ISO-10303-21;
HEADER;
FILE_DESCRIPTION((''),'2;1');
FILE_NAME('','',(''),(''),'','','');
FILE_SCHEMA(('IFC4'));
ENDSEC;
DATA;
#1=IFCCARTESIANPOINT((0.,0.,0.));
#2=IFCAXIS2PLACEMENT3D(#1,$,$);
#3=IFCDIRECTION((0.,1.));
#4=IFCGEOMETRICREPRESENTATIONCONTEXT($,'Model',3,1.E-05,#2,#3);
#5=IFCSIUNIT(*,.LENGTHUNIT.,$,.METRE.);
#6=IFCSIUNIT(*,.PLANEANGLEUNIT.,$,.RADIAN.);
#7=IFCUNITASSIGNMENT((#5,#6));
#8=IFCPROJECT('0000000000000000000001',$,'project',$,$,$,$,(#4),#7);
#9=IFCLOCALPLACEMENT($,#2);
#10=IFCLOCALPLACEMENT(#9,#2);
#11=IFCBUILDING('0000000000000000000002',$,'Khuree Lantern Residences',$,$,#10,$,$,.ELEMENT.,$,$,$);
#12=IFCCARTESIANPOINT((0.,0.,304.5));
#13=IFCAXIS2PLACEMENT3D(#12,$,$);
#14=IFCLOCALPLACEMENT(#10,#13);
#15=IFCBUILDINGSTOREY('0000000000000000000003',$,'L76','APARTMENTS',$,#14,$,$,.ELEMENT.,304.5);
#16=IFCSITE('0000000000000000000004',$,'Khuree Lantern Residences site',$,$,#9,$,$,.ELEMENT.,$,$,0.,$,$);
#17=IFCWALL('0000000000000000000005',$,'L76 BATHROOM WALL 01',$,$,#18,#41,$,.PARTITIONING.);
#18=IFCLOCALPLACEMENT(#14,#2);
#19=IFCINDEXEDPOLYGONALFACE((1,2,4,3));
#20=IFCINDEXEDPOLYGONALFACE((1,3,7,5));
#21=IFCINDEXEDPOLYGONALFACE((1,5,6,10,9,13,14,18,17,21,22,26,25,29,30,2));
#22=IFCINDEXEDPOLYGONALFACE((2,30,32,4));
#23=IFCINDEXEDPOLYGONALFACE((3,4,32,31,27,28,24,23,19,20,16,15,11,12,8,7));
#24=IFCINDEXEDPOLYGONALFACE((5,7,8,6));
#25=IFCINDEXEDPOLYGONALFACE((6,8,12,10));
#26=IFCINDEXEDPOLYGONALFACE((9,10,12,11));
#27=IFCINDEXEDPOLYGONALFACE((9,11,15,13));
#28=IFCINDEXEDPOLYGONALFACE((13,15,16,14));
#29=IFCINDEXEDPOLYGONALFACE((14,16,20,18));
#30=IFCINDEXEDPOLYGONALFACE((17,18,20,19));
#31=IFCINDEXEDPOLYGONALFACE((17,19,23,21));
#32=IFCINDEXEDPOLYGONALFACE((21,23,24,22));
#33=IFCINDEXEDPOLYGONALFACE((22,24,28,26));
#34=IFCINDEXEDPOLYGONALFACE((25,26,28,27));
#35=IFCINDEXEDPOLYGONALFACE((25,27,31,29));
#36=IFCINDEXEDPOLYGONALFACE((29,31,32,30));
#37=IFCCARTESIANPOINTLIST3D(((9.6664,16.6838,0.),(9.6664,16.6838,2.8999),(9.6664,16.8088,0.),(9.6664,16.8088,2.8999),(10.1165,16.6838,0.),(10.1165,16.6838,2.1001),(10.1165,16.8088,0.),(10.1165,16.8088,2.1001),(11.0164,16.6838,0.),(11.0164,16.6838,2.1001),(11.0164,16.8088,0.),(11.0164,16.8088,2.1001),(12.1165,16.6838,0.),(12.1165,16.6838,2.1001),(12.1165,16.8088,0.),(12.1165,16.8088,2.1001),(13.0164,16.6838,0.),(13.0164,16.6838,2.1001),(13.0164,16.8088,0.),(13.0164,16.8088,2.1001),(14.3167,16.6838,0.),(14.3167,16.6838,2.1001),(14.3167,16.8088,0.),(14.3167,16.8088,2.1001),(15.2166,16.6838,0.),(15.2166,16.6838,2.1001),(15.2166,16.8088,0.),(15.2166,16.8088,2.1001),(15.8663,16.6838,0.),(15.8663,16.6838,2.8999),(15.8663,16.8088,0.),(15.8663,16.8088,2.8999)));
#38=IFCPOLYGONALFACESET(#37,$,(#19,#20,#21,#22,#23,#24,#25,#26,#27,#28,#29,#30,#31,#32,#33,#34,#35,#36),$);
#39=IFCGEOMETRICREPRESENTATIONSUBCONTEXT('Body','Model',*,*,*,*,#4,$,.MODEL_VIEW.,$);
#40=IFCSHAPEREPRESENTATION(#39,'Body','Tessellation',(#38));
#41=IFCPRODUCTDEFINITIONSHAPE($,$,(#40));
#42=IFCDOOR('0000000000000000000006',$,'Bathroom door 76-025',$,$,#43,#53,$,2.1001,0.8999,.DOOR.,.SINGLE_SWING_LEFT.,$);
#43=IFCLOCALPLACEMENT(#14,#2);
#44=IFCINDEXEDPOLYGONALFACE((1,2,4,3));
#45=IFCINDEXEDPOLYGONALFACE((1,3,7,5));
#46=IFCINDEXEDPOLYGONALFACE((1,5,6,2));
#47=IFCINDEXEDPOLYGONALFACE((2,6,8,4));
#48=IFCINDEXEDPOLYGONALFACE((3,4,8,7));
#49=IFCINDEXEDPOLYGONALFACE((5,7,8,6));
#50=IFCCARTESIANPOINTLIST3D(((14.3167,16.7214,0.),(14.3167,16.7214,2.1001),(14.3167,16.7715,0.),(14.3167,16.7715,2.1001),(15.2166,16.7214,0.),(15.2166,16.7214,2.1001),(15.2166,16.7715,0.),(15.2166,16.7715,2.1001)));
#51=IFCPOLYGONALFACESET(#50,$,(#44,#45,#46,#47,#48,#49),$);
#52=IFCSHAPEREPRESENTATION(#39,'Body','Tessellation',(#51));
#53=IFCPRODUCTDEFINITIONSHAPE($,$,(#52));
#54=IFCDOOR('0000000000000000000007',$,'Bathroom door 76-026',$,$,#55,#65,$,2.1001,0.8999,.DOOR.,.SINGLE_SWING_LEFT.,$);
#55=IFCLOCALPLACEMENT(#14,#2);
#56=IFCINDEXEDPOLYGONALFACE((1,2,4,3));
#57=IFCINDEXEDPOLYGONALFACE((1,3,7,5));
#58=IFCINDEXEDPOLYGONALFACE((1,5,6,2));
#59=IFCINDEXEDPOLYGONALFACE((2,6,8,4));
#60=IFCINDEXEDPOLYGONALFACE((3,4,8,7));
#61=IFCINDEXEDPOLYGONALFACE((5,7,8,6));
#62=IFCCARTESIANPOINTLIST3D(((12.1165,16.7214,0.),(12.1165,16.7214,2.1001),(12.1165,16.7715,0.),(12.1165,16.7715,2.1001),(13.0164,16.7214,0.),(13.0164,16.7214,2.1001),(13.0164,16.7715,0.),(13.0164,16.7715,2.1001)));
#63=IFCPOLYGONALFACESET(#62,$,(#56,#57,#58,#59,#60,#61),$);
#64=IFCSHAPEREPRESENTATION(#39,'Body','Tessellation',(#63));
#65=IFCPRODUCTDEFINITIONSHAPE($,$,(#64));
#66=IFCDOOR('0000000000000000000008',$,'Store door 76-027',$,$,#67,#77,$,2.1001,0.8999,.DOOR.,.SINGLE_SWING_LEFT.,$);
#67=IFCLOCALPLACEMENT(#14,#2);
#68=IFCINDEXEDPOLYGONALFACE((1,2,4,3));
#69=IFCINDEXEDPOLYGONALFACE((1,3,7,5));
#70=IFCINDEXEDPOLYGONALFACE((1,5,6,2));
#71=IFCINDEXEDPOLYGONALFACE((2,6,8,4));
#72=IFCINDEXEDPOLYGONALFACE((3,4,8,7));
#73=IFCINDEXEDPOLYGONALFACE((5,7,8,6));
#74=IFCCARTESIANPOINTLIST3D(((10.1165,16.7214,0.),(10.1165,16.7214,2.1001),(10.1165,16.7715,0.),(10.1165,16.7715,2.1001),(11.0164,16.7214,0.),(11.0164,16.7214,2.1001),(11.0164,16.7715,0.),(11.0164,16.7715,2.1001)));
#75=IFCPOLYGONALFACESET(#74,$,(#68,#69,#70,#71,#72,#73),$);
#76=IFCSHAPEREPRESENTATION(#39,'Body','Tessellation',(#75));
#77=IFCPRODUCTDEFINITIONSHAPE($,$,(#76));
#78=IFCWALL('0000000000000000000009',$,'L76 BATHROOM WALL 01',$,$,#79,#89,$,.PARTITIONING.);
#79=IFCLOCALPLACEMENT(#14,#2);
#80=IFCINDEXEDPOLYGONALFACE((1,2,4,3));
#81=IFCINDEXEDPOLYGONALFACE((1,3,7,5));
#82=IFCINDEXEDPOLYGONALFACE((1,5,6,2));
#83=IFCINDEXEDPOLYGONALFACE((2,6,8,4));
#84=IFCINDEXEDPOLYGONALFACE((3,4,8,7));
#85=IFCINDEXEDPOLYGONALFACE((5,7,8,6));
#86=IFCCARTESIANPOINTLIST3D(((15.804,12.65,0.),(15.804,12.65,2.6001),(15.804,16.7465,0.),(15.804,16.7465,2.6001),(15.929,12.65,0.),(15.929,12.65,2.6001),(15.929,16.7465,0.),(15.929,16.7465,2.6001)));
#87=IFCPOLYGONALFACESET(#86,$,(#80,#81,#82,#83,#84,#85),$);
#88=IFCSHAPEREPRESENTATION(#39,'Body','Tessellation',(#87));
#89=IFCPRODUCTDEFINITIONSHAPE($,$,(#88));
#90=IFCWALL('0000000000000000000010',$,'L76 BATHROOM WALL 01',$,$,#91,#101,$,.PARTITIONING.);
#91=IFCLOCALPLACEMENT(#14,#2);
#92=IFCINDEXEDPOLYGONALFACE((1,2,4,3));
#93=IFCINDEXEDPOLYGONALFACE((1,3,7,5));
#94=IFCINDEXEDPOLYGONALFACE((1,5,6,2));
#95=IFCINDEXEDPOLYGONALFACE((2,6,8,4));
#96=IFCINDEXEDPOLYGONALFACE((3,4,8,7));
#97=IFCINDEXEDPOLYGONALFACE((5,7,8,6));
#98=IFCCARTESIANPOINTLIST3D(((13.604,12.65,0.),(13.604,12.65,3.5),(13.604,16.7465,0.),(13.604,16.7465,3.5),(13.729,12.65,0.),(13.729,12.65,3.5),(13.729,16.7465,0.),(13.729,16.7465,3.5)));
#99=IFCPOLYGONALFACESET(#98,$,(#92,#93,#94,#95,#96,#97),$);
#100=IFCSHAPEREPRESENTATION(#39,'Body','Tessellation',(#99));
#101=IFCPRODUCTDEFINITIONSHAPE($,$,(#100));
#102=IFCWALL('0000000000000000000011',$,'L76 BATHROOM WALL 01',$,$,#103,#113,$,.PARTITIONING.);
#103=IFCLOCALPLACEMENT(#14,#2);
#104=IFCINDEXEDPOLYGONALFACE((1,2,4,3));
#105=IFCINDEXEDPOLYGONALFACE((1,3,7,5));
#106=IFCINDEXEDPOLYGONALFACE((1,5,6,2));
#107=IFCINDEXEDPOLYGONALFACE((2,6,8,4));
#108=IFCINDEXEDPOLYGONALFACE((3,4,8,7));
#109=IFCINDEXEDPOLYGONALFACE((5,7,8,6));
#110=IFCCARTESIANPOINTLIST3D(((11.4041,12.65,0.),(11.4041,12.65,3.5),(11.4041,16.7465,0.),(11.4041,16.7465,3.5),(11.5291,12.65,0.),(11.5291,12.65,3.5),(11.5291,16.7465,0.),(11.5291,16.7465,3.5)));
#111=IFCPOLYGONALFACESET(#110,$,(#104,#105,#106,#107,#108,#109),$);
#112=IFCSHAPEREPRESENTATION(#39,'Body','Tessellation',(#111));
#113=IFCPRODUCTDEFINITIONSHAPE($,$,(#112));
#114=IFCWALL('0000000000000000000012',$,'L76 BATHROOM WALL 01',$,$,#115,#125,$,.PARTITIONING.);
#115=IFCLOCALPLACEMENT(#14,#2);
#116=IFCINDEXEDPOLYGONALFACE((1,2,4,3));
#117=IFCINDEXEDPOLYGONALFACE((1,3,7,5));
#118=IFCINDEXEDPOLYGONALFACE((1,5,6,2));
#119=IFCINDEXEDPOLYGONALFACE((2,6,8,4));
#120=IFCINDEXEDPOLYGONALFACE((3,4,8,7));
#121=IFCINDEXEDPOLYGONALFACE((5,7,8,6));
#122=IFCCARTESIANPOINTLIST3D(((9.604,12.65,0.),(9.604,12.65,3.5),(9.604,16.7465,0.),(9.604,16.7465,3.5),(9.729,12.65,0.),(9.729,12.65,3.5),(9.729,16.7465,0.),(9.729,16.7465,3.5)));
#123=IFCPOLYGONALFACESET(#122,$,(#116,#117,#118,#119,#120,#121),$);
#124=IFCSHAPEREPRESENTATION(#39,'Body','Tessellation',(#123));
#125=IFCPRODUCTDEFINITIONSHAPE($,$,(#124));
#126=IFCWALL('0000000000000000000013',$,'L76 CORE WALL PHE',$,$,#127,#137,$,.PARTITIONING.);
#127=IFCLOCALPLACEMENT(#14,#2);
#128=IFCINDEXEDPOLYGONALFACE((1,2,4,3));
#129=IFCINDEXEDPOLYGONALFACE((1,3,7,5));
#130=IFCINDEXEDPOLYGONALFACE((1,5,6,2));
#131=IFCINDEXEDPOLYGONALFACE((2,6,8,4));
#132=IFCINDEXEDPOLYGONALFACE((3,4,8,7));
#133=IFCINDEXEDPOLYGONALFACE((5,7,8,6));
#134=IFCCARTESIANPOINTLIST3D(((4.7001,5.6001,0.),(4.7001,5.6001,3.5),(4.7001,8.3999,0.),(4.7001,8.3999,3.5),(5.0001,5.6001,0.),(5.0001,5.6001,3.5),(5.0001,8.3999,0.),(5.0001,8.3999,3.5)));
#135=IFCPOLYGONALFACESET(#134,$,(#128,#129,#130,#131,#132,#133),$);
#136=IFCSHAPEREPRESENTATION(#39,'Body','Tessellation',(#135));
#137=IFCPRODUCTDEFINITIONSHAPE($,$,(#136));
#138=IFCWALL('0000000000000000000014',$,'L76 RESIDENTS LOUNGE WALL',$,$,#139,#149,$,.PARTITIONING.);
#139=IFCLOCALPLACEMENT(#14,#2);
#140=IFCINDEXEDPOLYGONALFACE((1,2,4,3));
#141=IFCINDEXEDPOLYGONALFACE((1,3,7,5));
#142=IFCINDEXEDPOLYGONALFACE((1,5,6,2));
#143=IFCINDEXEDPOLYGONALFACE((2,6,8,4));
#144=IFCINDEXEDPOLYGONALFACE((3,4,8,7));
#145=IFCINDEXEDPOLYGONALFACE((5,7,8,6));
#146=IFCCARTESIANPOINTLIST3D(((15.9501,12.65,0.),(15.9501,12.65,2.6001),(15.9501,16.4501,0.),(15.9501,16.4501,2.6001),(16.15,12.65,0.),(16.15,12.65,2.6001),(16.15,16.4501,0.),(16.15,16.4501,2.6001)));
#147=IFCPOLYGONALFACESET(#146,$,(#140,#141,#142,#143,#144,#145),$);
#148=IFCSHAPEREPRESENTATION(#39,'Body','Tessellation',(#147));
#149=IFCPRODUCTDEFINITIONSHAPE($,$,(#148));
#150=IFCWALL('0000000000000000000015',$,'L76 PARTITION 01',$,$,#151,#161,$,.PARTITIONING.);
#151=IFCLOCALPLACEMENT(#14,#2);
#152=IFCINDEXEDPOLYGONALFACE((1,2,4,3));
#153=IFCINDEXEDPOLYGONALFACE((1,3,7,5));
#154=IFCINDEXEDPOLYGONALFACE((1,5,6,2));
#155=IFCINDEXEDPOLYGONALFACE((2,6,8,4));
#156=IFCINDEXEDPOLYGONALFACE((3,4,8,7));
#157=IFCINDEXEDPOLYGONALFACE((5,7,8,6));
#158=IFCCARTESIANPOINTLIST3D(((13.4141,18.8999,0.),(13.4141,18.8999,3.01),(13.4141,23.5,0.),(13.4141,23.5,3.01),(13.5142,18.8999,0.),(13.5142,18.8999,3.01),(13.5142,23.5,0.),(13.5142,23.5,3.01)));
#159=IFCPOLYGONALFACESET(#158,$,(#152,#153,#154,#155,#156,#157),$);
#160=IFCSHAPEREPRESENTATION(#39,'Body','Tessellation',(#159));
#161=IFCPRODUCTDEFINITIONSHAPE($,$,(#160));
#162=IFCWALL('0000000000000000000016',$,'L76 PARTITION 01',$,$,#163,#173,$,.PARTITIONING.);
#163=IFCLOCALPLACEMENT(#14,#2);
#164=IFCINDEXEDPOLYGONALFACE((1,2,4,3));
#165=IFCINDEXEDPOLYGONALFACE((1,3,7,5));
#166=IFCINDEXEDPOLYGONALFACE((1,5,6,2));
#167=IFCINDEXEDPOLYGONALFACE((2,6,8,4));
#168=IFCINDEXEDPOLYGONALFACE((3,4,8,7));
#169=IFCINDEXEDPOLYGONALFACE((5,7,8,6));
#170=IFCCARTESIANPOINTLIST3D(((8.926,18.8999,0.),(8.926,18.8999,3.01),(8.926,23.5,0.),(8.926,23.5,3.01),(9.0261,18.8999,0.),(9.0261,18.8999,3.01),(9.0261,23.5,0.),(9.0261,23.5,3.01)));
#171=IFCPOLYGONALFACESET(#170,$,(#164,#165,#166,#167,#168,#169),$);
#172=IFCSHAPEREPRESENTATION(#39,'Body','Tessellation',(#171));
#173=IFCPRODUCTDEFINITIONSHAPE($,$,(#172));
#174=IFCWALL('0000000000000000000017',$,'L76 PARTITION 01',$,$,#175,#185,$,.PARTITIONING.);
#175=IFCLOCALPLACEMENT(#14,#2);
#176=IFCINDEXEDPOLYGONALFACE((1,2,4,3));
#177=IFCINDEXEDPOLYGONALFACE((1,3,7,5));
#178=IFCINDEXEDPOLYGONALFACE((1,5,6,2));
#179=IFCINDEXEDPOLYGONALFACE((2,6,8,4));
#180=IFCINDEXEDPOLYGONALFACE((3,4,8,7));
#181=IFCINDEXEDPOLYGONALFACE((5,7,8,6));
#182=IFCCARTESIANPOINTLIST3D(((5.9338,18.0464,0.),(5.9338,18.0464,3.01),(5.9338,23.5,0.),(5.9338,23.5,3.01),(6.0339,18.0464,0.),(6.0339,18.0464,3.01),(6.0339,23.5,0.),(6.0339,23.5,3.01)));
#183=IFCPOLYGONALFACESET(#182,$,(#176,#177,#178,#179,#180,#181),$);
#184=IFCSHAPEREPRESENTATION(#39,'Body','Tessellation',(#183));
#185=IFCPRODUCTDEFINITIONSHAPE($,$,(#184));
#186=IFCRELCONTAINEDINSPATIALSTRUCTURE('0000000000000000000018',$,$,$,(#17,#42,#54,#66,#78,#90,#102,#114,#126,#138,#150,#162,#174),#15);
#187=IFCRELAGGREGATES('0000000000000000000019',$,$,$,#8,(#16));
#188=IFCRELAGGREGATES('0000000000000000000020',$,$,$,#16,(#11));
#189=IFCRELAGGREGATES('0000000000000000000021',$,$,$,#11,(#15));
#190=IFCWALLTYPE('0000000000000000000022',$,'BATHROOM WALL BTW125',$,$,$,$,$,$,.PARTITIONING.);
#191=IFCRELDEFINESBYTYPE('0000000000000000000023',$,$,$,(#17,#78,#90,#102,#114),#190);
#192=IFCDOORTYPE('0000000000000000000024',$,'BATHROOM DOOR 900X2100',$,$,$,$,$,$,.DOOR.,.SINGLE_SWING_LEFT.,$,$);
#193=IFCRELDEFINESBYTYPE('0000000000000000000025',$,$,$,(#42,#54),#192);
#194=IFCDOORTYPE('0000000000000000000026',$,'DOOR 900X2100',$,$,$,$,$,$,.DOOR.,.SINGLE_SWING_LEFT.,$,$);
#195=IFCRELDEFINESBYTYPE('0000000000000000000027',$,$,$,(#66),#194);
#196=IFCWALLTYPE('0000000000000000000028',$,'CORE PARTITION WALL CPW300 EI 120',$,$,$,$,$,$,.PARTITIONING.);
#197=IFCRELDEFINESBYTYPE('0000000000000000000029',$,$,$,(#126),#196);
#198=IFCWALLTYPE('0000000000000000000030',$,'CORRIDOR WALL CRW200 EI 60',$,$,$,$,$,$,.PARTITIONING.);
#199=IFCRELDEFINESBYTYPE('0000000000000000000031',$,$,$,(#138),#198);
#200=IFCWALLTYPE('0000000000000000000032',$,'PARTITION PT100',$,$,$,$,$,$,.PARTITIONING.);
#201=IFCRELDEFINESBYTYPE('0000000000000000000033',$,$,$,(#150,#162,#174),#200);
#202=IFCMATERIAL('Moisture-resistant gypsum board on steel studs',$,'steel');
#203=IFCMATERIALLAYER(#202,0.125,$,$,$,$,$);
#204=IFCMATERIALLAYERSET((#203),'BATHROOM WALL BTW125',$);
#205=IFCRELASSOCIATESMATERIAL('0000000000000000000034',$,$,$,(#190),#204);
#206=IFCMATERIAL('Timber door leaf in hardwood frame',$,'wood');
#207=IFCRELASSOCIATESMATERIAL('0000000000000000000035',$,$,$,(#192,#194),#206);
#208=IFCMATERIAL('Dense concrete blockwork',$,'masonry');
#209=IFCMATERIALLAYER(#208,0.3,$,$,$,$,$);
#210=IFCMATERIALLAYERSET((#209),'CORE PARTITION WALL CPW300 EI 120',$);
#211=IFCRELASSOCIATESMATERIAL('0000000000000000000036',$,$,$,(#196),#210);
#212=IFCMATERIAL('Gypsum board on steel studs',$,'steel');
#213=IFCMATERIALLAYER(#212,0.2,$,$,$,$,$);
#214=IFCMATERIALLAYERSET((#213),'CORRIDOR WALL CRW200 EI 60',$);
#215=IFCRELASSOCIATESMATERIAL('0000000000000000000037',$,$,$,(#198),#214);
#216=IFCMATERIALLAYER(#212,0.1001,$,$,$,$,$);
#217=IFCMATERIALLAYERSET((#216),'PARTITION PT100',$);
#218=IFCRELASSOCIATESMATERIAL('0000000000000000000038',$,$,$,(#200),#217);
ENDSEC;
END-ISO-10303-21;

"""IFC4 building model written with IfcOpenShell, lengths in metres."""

from ifc_helpers import new_model, si_unit, direction, frame, frame_2d, origin, place, context, subcontext, project, spatial, rectangle, extrude, material, layer, layer_set, type_object, element, fill, save


model = new_model("IFC4")

# Units and contexts
model_context = context("Model", 3, precision=1e-05, world=origin(), true_north=direction((0.0, 1.0)))
body_context = subcontext(model_context, "Body", "Model", "MODEL_VIEW")
ifc_project = project(units=[si_unit("LENGTHUNIT", "METRE"), si_unit("PLANEANGLEUNIT", "RADIAN")], contexts=[model_context])

# Site, building, storey
site_placement = place(None, origin())
site = spatial("IfcSite", under=ifc_project, at=site_placement, Name="Khuree Lantern Residences site", CompositionType="ELEMENT", RefElevation=0.0)
building_placement = place(site_placement, origin())
building = spatial("IfcBuilding", under=site, at=building_placement, Name="Khuree Lantern Residences", CompositionType="ELEMENT")
storey_placement = place(building_placement, frame((0.0, 0.0, 304.5)))
storey = spatial("IfcBuildingStorey", under=building, at=storey_placement, Name="L76", Description="APARTMENTS", CompositionType="ELEMENT", Elevation=304.5)

# Wall, openings, doors
ifc_material_1 = material(Name="Moisture-resistant gypsum board on steel studs", Category="steel")
ifc_layer_1 = layer(ifc_material_1, 0.125)
ifc_layer_set_1 = layer_set([ifc_layer_1], Name="BATHROOM WALL BTW125")
wall_type_1 = type_object("IfcWallType", Name="BATHROOM WALL BTW125", PredefinedType="PARTITIONING", material=ifc_layer_set_1)
wall_1_placement = place(storey_placement, frame((15.8665, 16.7463, 0.0), z_axis=(0.0, 0.0, 1.0), x_axis=(-1.0, 0.0, 0.0)))
wall_1 = element("IfcWall", 1, at=wall_1_placement, inside=storey, type_object=wall_type_1, Name="L76 BATHROOM WALL 01", PredefinedType="PARTITIONING", context=body_context, shape_type="SweptSolid", body=[
    extrude(rectangle(XDim=6.2, YDim=0.125, at=frame_2d((3.1001, 0.0))), origin(), (0.0, 0.0, 1.0), 2.8999),
])
opening_1_placement = place(wall_1_placement, frame((0.6499, 0.0, 0.0)))
opening_1 = element("IfcOpeningElement", 2, at=opening_1_placement, cuts=wall_1, PredefinedType="OPENING", context=body_context, shape_type="SweptSolid", body=[
    extrude(rectangle(XDim=0.8999, YDim=2.1001, at=frame_2d((0.45, 1.05))), frame((0.0, 0.0725, 0.0), z_axis=(0.0, -1.0, 0.0), x_axis=(1.0, 0.0, 0.0)), (0.0, 0.0, 1.0), 0.145),
])
opening_2_placement = place(wall_1_placement, frame((2.8501, 0.0, 0.0)))
opening_2 = element("IfcOpeningElement", 3, at=opening_2_placement, cuts=wall_1, PredefinedType="OPENING", context=body_context, shape_type="SweptSolid", body=[
    extrude(rectangle(XDim=0.8999, YDim=2.1001, at=frame_2d((0.45, 1.05))), frame((0.0, 0.0725, 0.0), z_axis=(0.0, -1.0, 0.0), x_axis=(1.0, 0.0, 0.0)), (0.0, 0.0, 1.0), 0.145),
])
opening_3_placement = place(wall_1_placement, frame((4.8501, 0.0, 0.0)))
opening_3 = element("IfcOpeningElement", 4, at=opening_3_placement, cuts=wall_1, PredefinedType="OPENING", context=body_context, shape_type="SweptSolid", body=[
    extrude(rectangle(XDim=0.8999, YDim=2.1001, at=frame_2d((0.45, 1.05))), frame((0.0, 0.0725, 0.0), z_axis=(0.0, -1.0, 0.0), x_axis=(1.0, 0.0, 0.0)), (0.0, 0.0, 1.0), 0.145),
])
ifc_material_2 = material(Name="Timber door leaf in hardwood frame", Category="wood")
door_type_1 = type_object("IfcDoorType", Name="BATHROOM DOOR 900X2100", OperationType="SINGLE_SWING_LEFT", PredefinedType="DOOR", material=ifc_material_2)
door_1_placement = place(opening_1_placement, origin())
door_1 = element("IfcDoor", 5, at=door_1_placement, inside=storey, type_object=door_type_1, Name="Bathroom door 76-025", OperationType="SINGLE_SWING_LEFT", OverallHeight=2.1001, OverallWidth=0.8999, PredefinedType="DOOR", context=body_context, shape_type="SweptSolid", body=[
    extrude(rectangle(XDim=0.8999, YDim=2.1001, at=frame_2d((0.45, 1.05))), frame((0.0, 0.0249, 0.0), z_axis=(0.0, -1.0, 0.0), x_axis=(1.0, 0.0, 0.0)), (0.0, 0.0, 1.0), 0.05),
])
fill(opening_1, door_1)
door_2_placement = place(opening_2_placement, origin())
door_2 = element("IfcDoor", 6, at=door_2_placement, inside=storey, type_object=door_type_1, Name="Bathroom door 76-026", OperationType="SINGLE_SWING_LEFT", OverallHeight=2.1001, OverallWidth=0.8999, PredefinedType="DOOR", context=body_context, shape_type="SweptSolid", body=[
    extrude(rectangle(XDim=0.8999, YDim=2.1001, at=frame_2d((0.45, 1.05))), frame((0.0, 0.0249, 0.0), z_axis=(0.0, -1.0, 0.0), x_axis=(1.0, 0.0, 0.0)), (0.0, 0.0, 1.0), 0.05),
])
fill(opening_2, door_2)
door_type_2 = type_object("IfcDoorType", Name="DOOR 900X2100", OperationType="SINGLE_SWING_LEFT", PredefinedType="DOOR", material=ifc_material_2)
door_3_placement = place(opening_3_placement, origin())
door_3 = element("IfcDoor", 7, at=door_3_placement, inside=storey, type_object=door_type_2, Name="Store door 76-027", OperationType="SINGLE_SWING_LEFT", OverallHeight=2.1001, OverallWidth=0.8999, PredefinedType="DOOR", context=body_context, shape_type="SweptSolid", body=[
    extrude(rectangle(XDim=0.8999, YDim=2.1001, at=frame_2d((0.45, 1.05))), frame((0.0, 0.0249, 0.0), z_axis=(0.0, -1.0, 0.0), x_axis=(1.0, 0.0, 0.0)), (0.0, 0.0, 1.0), 0.05),
])
fill(opening_3, door_3)

# Walls
wall_2_placement = place(storey_placement, frame((15.8665, 12.6499, 0.0), z_axis=(0.0, 0.0, 1.0), x_axis=(0.0, 1.0, 0.0)))
element("IfcWall", 8, at=wall_2_placement, inside=storey, type_object=wall_type_1, Name="L76 BATHROOM WALL 01", PredefinedType="PARTITIONING", context=body_context, shape_type="SweptSolid", body=[
    extrude(rectangle(XDim=4.0964, YDim=0.125, at=frame_2d((2.0483, 0.0))), origin(), (0.0, 0.0, 1.0), 2.6001),
])
for number, where, z_axis, x_axis, name in (
    (9, (13.6665, 12.6499, 0.0), (0.0, 0.0, 1.0), (0.0, 1.0, 0.0), "L76 BATHROOM WALL 01"),
    (10, (11.4666, 12.6499, 0.0), (0.0, 0.0, 1.0), (0.0, 1.0, 0.0), "L76 BATHROOM WALL 01"),
    (11, (9.6665, 12.6499, 0.0), (0.0, 0.0, 1.0), (0.0, 1.0, 0.0), "L76 BATHROOM WALL 01"),
):
    element("IfcWall", number, at=place(storey_placement, frame(where, z_axis=z_axis, x_axis=x_axis)), inside=storey, type_object=wall_type_1, Name=name, PredefinedType="PARTITIONING", context=body_context, shape_type="SweptSolid", body=[
        extrude(rectangle(XDim=4.0964, YDim=0.125, at=frame_2d((2.0483, 0.0))), origin(), (0.0, 0.0, 1.0), 3.5),
    ])
ifc_material_3 = material(Name="Dense concrete blockwork", Category="masonry")
ifc_layer_2 = layer(ifc_material_3, 0.3)
ifc_layer_set_2 = layer_set([ifc_layer_2], Name="CORE PARTITION WALL CPW300 EI 120")
wall_type_2 = type_object("IfcWallType", Name="CORE PARTITION WALL CPW300 EI 120", PredefinedType="PARTITIONING", material=ifc_layer_set_2)
wall_3_placement = place(storey_placement, frame((4.8501, 5.6001, 0.0), z_axis=(0.0, 0.0, 1.0), x_axis=(0.0, 1.0, 0.0)))
element("IfcWall", 12, at=wall_3_placement, inside=storey, type_object=wall_type_2, Name="L76 CORE WALL PHE", PredefinedType="PARTITIONING", context=body_context, shape_type="SweptSolid", body=[
    extrude(rectangle(XDim=2.7998, YDim=0.3, at=frame_2d((1.3999, 0.0))), origin(), (0.0, 0.0, 1.0), 3.5),
])
ifc_material_4 = material(Name="Gypsum board on steel studs", Category="steel")
ifc_layer_3 = layer(ifc_material_4, 0.2)
ifc_layer_set_3 = layer_set([ifc_layer_3], Name="CORRIDOR WALL CRW200 EI 60")
wall_type_3 = type_object("IfcWallType", Name="CORRIDOR WALL CRW200 EI 60", PredefinedType="PARTITIONING", material=ifc_layer_set_3)
wall_4_placement = place(storey_placement, frame((16.05, 16.45, 0.0), z_axis=(0.0, 0.0, 1.0), x_axis=(0.0, -1.0, 0.0)))
element("IfcWall", 13, at=wall_4_placement, inside=storey, type_object=wall_type_3, Name="L76 RESIDENTS LOUNGE WALL", PredefinedType="PARTITIONING", context=body_context, shape_type="SweptSolid", body=[
    extrude(rectangle(XDim=3.8, YDim=0.2, at=frame_2d((1.8999, 0.0))), origin(), (0.0, 0.0, 1.0), 2.6001),
])
ifc_layer_4 = layer(ifc_material_4, 0.1001)
ifc_layer_set_4 = layer_set([ifc_layer_4], Name="PARTITION PT100")
wall_type_4 = type_object("IfcWallType", Name="PARTITION PT100", PredefinedType="PARTITIONING", material=ifc_layer_set_4)
for number, where, z_axis, x_axis, name in (
    (14, (13.4641, 18.8999, 0.0), (0.0, 0.0, 1.0), (0.0, 1.0, 0.0), "L76 PARTITION 01"),
    (15, (8.9761, 18.8999, 0.0), (0.0, 0.0, 1.0), (0.0, 1.0, 0.0), "L76 PARTITION 01"),
):
    element("IfcWall", number, at=place(storey_placement, frame(where, z_axis=z_axis, x_axis=x_axis)), inside=storey, type_object=wall_type_4, Name=name, PredefinedType="PARTITIONING", context=body_context, shape_type="SweptSolid", body=[
        extrude(rectangle(XDim=4.6001, YDim=0.1001, at=frame_2d((2.3, 0.0))), origin(), (0.0, 0.0, 1.0), 3.01),
    ])
for number, where, z_axis, x_axis, name in (
    (16, (5.9839, 18.0464, 0.0), (0.0, 0.0, 1.0), (0.0, 1.0, 0.0), "L76 PARTITION 01"),
):
    element("IfcWall", number, at=place(storey_placement, frame(where, z_axis=z_axis, x_axis=x_axis)), inside=storey, type_object=wall_type_4, Name=name, PredefinedType="PARTITIONING", context=body_context, shape_type="SweptSolid", body=[
        extrude(rectangle(XDim=5.4536, YDim=0.1001, at=frame_2d((2.7268, 0.0))), origin(), (0.0, 0.0, 1.0), 3.01),
    ])

save(model, "model.ifc")
